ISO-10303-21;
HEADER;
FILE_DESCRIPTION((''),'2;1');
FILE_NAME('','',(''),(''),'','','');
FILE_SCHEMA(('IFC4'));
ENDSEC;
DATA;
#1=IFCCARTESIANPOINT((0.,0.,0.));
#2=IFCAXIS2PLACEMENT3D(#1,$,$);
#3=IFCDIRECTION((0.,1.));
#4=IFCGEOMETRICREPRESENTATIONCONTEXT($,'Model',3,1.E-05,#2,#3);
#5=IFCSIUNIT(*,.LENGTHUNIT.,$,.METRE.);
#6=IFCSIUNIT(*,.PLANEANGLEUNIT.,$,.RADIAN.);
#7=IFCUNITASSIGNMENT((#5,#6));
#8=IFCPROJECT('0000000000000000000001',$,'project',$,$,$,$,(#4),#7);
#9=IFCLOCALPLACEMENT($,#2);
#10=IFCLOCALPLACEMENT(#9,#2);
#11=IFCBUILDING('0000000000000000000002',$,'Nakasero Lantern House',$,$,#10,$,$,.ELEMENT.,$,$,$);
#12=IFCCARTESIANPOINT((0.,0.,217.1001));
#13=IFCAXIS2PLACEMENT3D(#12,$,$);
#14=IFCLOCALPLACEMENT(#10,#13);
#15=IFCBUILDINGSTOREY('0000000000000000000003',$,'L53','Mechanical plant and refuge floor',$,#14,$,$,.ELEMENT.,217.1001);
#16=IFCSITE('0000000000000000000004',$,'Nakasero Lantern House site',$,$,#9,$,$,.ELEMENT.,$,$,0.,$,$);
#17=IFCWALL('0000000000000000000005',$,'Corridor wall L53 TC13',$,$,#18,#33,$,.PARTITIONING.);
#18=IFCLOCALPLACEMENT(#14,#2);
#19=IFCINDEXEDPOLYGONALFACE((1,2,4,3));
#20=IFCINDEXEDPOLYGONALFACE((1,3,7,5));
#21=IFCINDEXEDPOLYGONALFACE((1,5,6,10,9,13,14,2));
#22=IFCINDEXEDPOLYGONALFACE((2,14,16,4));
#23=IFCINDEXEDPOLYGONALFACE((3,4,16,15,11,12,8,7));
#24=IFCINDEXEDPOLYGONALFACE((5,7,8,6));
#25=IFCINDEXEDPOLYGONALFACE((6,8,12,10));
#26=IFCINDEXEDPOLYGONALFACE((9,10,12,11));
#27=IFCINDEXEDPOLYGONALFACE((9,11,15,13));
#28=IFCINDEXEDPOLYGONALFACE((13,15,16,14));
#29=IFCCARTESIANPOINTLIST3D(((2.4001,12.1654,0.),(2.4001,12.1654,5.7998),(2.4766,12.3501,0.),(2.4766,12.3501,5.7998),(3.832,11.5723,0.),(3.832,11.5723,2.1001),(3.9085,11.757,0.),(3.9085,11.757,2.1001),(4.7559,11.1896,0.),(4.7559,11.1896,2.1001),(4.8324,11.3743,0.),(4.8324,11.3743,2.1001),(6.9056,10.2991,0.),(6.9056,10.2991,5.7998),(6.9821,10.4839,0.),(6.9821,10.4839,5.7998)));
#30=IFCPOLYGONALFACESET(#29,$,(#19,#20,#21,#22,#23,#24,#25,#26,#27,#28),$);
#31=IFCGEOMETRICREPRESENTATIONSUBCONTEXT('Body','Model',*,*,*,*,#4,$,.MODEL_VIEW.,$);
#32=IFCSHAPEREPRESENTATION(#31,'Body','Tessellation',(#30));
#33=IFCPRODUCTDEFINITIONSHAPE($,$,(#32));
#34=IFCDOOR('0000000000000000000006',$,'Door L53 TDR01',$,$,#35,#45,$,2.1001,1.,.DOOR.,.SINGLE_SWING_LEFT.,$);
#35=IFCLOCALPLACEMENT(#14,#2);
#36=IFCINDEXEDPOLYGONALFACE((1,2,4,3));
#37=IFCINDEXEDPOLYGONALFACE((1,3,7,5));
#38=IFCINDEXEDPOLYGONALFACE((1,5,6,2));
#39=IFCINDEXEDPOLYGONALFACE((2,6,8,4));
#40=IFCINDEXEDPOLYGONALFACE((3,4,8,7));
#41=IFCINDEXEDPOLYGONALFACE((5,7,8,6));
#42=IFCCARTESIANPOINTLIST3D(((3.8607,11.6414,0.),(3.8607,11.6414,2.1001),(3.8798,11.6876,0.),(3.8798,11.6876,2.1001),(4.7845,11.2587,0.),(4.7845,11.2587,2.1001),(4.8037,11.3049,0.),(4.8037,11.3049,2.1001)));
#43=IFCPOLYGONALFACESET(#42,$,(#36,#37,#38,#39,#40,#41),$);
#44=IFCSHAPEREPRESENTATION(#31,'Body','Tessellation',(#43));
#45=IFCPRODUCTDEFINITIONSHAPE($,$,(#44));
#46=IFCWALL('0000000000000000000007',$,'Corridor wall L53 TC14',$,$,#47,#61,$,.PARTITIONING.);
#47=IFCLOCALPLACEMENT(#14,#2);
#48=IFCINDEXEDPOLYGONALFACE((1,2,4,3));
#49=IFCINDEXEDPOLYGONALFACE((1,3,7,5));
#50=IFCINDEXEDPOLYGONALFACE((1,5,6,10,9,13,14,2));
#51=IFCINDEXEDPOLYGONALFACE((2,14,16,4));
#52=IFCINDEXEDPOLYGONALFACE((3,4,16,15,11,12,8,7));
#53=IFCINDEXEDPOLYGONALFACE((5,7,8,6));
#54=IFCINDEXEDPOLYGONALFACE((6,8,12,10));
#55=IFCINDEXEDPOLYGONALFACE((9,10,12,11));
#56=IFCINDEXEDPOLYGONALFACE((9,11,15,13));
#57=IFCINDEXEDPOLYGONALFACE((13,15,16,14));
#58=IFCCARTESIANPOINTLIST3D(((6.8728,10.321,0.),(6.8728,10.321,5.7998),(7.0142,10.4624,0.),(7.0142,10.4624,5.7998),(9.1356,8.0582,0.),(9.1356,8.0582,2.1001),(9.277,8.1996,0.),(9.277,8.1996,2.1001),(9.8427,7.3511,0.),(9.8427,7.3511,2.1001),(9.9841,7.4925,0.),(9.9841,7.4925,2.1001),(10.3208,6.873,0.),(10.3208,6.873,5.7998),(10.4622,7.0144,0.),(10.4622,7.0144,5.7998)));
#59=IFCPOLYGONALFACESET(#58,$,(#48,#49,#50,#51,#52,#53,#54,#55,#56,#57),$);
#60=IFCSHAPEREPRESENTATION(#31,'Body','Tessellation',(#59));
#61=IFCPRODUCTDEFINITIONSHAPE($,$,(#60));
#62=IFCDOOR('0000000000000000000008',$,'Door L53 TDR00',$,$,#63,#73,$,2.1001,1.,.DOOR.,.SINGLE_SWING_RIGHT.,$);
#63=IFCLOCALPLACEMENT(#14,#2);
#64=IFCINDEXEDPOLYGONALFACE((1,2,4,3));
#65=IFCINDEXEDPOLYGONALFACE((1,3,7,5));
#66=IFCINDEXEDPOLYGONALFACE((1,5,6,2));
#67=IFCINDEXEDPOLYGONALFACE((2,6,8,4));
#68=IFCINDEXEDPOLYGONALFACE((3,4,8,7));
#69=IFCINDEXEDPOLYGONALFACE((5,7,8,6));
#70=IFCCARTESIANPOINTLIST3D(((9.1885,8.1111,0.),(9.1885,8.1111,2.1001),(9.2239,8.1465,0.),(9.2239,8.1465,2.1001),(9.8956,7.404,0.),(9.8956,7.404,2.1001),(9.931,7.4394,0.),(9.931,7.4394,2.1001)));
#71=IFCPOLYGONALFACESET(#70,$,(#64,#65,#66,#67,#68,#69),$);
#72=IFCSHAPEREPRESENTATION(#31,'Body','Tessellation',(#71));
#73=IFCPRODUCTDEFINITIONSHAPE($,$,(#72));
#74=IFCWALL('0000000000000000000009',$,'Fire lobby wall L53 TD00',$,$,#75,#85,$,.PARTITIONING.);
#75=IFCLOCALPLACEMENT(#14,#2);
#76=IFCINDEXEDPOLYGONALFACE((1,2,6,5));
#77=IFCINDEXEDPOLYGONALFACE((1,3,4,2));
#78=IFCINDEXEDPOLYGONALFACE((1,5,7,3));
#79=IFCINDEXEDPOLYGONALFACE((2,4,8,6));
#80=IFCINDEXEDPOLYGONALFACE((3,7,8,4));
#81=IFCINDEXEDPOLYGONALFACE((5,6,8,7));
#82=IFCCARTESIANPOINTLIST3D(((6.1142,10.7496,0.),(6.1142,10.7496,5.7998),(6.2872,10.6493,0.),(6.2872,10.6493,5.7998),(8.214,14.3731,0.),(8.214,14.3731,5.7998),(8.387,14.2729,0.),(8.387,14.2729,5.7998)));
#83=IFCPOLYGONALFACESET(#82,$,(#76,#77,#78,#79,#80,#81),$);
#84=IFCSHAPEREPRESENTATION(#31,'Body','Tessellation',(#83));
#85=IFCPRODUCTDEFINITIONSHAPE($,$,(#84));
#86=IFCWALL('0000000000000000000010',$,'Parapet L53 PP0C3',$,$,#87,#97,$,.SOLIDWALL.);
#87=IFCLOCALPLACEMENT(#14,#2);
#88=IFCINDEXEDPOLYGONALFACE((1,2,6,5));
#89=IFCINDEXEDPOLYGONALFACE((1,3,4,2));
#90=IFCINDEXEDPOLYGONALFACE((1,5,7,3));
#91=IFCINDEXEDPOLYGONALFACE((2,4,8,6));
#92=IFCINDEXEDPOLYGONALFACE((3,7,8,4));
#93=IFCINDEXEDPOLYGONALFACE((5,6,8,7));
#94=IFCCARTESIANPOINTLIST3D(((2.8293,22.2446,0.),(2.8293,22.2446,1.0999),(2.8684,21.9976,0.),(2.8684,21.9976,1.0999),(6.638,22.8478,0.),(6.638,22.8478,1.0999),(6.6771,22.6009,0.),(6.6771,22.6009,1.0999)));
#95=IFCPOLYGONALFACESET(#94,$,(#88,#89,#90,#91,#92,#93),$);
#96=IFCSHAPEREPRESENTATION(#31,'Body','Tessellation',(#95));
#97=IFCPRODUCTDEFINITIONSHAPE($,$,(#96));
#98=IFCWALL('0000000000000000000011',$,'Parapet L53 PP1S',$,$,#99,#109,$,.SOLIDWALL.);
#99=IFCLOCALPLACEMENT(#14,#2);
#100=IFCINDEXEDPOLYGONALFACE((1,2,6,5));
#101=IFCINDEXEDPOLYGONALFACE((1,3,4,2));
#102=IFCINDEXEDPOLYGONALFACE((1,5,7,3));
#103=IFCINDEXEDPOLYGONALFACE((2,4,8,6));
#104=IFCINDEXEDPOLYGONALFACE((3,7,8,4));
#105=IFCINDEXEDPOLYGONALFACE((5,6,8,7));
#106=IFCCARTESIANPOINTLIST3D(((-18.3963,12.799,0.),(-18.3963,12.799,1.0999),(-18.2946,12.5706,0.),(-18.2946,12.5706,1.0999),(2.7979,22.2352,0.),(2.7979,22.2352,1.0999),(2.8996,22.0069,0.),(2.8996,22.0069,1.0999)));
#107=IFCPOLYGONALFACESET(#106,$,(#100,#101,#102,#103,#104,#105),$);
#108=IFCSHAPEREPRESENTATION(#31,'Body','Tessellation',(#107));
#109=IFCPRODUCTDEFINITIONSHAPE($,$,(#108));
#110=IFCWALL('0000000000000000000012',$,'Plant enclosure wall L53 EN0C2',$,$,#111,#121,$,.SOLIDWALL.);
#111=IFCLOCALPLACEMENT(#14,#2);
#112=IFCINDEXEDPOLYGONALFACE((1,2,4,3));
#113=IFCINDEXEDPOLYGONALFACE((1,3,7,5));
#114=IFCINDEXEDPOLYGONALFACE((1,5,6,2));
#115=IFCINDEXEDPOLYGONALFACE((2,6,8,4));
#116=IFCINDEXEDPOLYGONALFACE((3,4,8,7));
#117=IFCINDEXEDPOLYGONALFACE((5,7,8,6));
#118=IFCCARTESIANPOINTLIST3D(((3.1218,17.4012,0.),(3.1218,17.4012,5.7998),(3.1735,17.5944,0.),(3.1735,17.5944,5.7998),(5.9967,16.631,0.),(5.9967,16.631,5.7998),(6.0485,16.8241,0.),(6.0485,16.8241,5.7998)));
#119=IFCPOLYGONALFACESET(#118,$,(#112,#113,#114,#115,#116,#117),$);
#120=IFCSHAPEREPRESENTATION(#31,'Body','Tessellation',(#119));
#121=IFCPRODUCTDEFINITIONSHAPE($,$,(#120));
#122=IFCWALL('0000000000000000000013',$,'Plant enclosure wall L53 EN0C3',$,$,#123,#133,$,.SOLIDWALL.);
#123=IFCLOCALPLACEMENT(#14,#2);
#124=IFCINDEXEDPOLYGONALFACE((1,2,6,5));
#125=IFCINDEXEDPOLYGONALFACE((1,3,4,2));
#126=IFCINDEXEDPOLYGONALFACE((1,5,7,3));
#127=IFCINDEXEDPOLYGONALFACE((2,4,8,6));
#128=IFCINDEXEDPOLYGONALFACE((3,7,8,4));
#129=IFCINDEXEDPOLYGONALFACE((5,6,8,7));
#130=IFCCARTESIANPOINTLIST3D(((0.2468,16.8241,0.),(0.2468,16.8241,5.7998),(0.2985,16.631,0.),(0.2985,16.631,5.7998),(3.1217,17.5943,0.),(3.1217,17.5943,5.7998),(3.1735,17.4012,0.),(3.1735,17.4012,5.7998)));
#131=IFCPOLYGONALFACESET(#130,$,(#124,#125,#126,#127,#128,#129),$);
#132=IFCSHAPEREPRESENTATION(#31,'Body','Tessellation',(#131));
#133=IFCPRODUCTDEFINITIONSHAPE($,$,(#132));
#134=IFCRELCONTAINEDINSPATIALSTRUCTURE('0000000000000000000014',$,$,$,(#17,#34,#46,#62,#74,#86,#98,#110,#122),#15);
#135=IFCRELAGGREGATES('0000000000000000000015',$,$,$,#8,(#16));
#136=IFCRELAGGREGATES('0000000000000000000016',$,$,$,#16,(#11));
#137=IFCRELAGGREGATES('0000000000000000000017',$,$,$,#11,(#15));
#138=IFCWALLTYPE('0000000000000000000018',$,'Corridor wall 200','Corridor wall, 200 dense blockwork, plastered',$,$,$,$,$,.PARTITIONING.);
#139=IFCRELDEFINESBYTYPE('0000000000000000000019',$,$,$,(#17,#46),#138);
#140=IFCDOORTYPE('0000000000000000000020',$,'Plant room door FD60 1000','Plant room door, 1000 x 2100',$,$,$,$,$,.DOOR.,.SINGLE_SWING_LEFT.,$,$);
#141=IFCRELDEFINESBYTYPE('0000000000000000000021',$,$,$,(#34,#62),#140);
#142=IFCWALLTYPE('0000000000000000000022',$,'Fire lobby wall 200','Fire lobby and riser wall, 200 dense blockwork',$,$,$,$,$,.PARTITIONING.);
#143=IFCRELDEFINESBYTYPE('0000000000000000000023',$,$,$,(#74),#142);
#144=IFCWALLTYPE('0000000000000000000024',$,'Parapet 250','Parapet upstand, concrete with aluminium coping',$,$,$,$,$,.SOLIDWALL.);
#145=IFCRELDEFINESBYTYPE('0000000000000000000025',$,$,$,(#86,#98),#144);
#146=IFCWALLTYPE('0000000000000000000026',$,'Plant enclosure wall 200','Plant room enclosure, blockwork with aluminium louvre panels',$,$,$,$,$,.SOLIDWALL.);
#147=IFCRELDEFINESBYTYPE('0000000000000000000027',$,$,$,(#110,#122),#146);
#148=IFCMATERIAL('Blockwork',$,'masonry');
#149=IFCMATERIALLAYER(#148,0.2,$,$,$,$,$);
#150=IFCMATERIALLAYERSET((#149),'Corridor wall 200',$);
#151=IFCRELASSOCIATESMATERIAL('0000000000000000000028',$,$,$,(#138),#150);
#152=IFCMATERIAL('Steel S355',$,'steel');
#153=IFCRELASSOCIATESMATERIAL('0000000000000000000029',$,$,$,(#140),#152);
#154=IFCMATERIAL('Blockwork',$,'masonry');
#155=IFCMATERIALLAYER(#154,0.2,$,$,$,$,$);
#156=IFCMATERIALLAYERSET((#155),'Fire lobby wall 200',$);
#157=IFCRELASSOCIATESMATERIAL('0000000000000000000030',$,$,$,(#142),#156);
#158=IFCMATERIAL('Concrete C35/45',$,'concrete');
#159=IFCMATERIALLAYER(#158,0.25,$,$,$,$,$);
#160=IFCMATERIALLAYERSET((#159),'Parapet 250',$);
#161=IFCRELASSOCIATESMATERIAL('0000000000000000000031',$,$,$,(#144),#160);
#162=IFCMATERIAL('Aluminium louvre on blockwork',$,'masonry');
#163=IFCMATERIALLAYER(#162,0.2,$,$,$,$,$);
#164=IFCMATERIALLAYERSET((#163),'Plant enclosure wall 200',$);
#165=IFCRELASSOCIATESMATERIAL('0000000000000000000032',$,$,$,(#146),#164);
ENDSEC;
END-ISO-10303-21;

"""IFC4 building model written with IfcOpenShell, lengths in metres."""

from ifc_helpers import new_model, si_unit, direction, frame, frame_2d, origin, place, context, subcontext, project, spatial, rectangle, extrude, material, layer, layer_set, type_object, element, fill, save


model = new_model("IFC4")

# Units and contexts
model_context = context("Model", 3, precision=1e-05, world=origin(), true_north=direction((0.0, 1.0)))
body_context = subcontext(model_context, "Body", "Model", "MODEL_VIEW")
ifc_project = project(units=[si_unit("LENGTHUNIT", "METRE"), si_unit("PLANEANGLEUNIT", "RADIAN")], contexts=[model_context])

# Site, building, storey
site_placement = place(None, origin())
site = spatial("IfcSite", under=ifc_project, at=site_placement, Name="Nakasero Lantern House site", CompositionType="ELEMENT", RefElevation=0.0)
building_placement = place(site_placement, origin())
building = spatial("IfcBuilding", under=site, at=building_placement, Name="Nakasero Lantern House", CompositionType="ELEMENT")
storey_placement = place(building_placement, frame((0.0, 0.0, 217.1001)))
storey = spatial("IfcBuildingStorey", under=building, at=storey_placement, Name="L53", Description="Mechanical plant and refuge floor", CompositionType="ELEMENT", Elevation=217.1001)

# Walls, openings, doors
ifc_material_1 = material(Name="Blockwork", Category="masonry")
ifc_layer_1 = layer(ifc_material_1, 0.2)
ifc_layer_set_1 = layer_set([ifc_layer_1], Name="Corridor wall 200")
wall_type_1 = type_object("IfcWallType", Name="Corridor wall 200", Description="Corridor wall, 200 dense blockwork, plastered", PredefinedType="PARTITIONING", material=ifc_layer_set_1)
wall_1_placement = place(storey_placement, frame((2.4382, 12.2578, 0.0), z_axis=(0.0, 0.0, 1.0), x_axis=(0.923878, -0.382688, 0.0)))
wall_1 = element("IfcWall", 1, at=wall_1_placement, inside=storey, type_object=wall_type_1, Name="Corridor wall L53 TC13", PredefinedType="PARTITIONING", context=body_context, shape_type="SweptSolid", body=[
    extrude(rectangle(XDim=4.8767, YDim=0.2, at=frame_2d((2.4385, 0.0))), origin(), (0.0, 0.0, 1.0), 5.7998),
])
opening_1_placement = place(wall_1_placement, frame((1.55, 0.0, 0.0)))
opening_1 = element("IfcOpeningElement", 2, at=opening_1_placement, cuts=wall_1, PredefinedType="OPENING", context=body_context, shape_type="SweptSolid", body=[
    extrude(rectangle(XDim=1.0, YDim=2.1001, at=frame_2d((0.5, 1.05))), frame((0.0, 0.1199, 0.0), z_axis=(0.0, -1.0, 0.0), x_axis=(1.0, 0.0, 0.0)), (0.0, 0.0, 1.0), 0.24),
])
ifc_material_2 = material(Name="Steel S355", Category="steel")
door_type_1 = type_object("IfcDoorType", Name="Plant room door FD60 1000", Description="Plant room door, 1000 x 2100", OperationType="SINGLE_SWING_LEFT", PredefinedType="DOOR", material=ifc_material_2)
door_1_placement = place(opening_1_placement, origin())
door_1 = element("IfcDoor", 3, at=door_1_placement, inside=storey, type_object=door_type_1, Name="Door L53 TDR01", OperationType="SINGLE_SWING_LEFT", OverallHeight=2.1001, OverallWidth=1.0, PredefinedType="DOOR", context=body_context, shape_type="SweptSolid", body=[
    extrude(rectangle(XDim=1.0, YDim=2.1001, at=frame_2d((0.5, 1.05))), frame((0.0, 0.0249, 0.0), z_axis=(0.0, -1.0, 0.0), x_axis=(1.0, 0.0, 0.0)), (0.0, 0.0, 1.0), 0.05),
])
fill(opening_1, door_1)
wall_2_placement = place(storey_placement, frame((6.9436, 10.3916, 0.0), z_axis=(0.0, 0.0, 1.0), x_axis=(0.707107, -0.707107, 0.0)))
wall_2 = element("IfcWall", 4, at=wall_2_placement, inside=storey, type_object=wall_type_1, Name="Corridor wall L53 TC14", PredefinedType="PARTITIONING", context=body_context, shape_type="SweptSolid", body=[
    extrude(rectangle(XDim=4.8762, YDim=0.2, at=frame_2d((2.438, 0.0))), origin(), (0.0, 0.0, 1.0), 5.7998),
])
opening_2_placement = place(wall_2_placement, frame((3.2, 0.0, 0.0)))
opening_2 = element("IfcOpeningElement", 5, at=opening_2_placement, cuts=wall_2, PredefinedType="OPENING", context=body_context, shape_type="SweptSolid", body=[
    extrude(rectangle(XDim=1.0, YDim=2.1001, at=frame_2d((0.5, 1.05))), frame((0.0, 0.1199, 0.0), z_axis=(0.0, -1.0, 0.0), x_axis=(1.0, 0.0, 0.0)), (0.0, 0.0, 1.0), 0.24),
])
door_2_placement = place(opening_2_placement, origin())
door_2 = element("IfcDoor", 6, at=door_2_placement, inside=storey, type_object=door_type_1, Name="Door L53 TDR00", OperationType="SINGLE_SWING_RIGHT", OverallHeight=2.1001, OverallWidth=1.0, PredefinedType="DOOR", context=body_context, shape_type="SweptSolid", body=[
    extrude(rectangle(XDim=1.0, YDim=2.1001, at=frame_2d((0.5, 1.05))), frame((0.0, 0.0249, 0.0), z_axis=(0.0, -1.0, 0.0), x_axis=(1.0, 0.0, 0.0)), (0.0, 0.0, 1.0), 0.05),
])
fill(opening_2, door_2)

# Walls
ifc_material_3 = material(Name="Blockwork", Category="masonry")
ifc_layer_2 = layer(ifc_material_3, 0.2)
ifc_layer_set_2 = layer_set([ifc_layer_2], Name="Fire lobby wall 200")
wall_type_2 = type_object("IfcWallType", Name="Fire lobby wall 200", Description="Fire lobby and riser wall, 200 dense blockwork", PredefinedType="PARTITIONING", material=ifc_layer_set_2)
wall_3_placement = place(storey_placement, frame((6.2007, 10.6995, 0.0), z_axis=(0.0, 0.0, 1.0), x_axis=(0.501397, 0.865217, 0.0)))
element("IfcWall", 7, at=wall_3_placement, inside=storey, type_object=wall_type_2, Name="Fire lobby wall L53 TD00", PredefinedType="PARTITIONING", context=body_context, shape_type="SweptSolid", body=[
    extrude(rectangle(XDim=4.188, YDim=0.2, at=frame_2d((2.094, 0.0))), origin(), (0.0, 0.0, 1.0), 5.7998),
])
ifc_material_4 = material(Name="Concrete C35/45", Category="concrete")
ifc_layer_3 = layer(ifc_material_4, 0.25)
ifc_layer_set_3 = layer_set([ifc_layer_3], Name="Parapet 250")
wall_type_3 = type_object("IfcWallType", Name="Parapet 250", Description="Parapet upstand, concrete with aluminium coping", PredefinedType="SOLIDWALL", material=ifc_layer_set_3)
wall_4_placement = place(storey_placement, frame((6.6577, 22.7244, 0.0), z_axis=(0.0, 0.0, 1.0), x_axis=(-0.987688, -0.156437, 0.0)))
element("IfcWall", 8, at=wall_4_placement, inside=storey, type_object=wall_type_3, Name="Parapet L53 PP0C3", PredefinedType="SOLIDWALL", context=body_context, shape_type="SweptSolid", body=[
    extrude(rectangle(XDim=3.8562, YDim=0.25, at=frame_2d((1.9282, 0.0))), origin(), (0.0, 0.0, 1.0), 1.0999),
])
wall_5_placement = place(storey_placement, frame((2.8489, 22.1211, 0.0), z_axis=(0.0, 0.0, 1.0), x_axis=(-0.913546, -0.406735, 0.0)))
element("IfcWall", 9, at=wall_5_placement, inside=storey, type_object=wall_type_3, Name="Parapet L53 PP1S", PredefinedType="SOLIDWALL", context=body_context, shape_type="SweptSolid", body=[
    extrude(rectangle(XDim=23.2, YDim=0.25, at=frame_2d((11.6001, 0.0))), origin(), (0.0, 0.0, 1.0), 1.0999),
])
ifc_material_5 = material(Name="Aluminium louvre on blockwork", Category="masonry")
ifc_layer_4 = layer(ifc_material_5, 0.2)
ifc_layer_set_4 = layer_set([ifc_layer_4], Name="Plant enclosure wall 200")
wall_type_4 = type_object("IfcWallType", Name="Plant enclosure wall 200", Description="Plant room enclosure, blockwork with aluminium louvre panels", PredefinedType="SOLIDWALL", material=ifc_layer_set_4)
for number, where, z_axis, x_axis, name in (
    (10, (6.0227, 16.7275, 0.0), (0.0, 0.0, 1.0), (-0.965933, 0.258791, 0.0), "Plant enclosure wall L53 EN0C2"),
    (11, (3.1477, 17.4978, 0.0), (0.0, 0.0, 1.0), (-0.965933, -0.258791, 0.0), "Plant enclosure wall L53 EN0C3"),
):
    element("IfcWall", number, at=place(storey_placement, frame(where, z_axis=z_axis, x_axis=x_axis)), inside=storey, type_object=wall_type_4, Name=name, PredefinedType="SOLIDWALL", context=body_context, shape_type="SweptSolid", body=[
        extrude(rectangle(XDim=2.9763, YDim=0.2, at=frame_2d((1.4883, 0.0))), origin(), (0.0, 0.0, 1.0), 5.7998),
    ])

save(model, "model.ifc")
